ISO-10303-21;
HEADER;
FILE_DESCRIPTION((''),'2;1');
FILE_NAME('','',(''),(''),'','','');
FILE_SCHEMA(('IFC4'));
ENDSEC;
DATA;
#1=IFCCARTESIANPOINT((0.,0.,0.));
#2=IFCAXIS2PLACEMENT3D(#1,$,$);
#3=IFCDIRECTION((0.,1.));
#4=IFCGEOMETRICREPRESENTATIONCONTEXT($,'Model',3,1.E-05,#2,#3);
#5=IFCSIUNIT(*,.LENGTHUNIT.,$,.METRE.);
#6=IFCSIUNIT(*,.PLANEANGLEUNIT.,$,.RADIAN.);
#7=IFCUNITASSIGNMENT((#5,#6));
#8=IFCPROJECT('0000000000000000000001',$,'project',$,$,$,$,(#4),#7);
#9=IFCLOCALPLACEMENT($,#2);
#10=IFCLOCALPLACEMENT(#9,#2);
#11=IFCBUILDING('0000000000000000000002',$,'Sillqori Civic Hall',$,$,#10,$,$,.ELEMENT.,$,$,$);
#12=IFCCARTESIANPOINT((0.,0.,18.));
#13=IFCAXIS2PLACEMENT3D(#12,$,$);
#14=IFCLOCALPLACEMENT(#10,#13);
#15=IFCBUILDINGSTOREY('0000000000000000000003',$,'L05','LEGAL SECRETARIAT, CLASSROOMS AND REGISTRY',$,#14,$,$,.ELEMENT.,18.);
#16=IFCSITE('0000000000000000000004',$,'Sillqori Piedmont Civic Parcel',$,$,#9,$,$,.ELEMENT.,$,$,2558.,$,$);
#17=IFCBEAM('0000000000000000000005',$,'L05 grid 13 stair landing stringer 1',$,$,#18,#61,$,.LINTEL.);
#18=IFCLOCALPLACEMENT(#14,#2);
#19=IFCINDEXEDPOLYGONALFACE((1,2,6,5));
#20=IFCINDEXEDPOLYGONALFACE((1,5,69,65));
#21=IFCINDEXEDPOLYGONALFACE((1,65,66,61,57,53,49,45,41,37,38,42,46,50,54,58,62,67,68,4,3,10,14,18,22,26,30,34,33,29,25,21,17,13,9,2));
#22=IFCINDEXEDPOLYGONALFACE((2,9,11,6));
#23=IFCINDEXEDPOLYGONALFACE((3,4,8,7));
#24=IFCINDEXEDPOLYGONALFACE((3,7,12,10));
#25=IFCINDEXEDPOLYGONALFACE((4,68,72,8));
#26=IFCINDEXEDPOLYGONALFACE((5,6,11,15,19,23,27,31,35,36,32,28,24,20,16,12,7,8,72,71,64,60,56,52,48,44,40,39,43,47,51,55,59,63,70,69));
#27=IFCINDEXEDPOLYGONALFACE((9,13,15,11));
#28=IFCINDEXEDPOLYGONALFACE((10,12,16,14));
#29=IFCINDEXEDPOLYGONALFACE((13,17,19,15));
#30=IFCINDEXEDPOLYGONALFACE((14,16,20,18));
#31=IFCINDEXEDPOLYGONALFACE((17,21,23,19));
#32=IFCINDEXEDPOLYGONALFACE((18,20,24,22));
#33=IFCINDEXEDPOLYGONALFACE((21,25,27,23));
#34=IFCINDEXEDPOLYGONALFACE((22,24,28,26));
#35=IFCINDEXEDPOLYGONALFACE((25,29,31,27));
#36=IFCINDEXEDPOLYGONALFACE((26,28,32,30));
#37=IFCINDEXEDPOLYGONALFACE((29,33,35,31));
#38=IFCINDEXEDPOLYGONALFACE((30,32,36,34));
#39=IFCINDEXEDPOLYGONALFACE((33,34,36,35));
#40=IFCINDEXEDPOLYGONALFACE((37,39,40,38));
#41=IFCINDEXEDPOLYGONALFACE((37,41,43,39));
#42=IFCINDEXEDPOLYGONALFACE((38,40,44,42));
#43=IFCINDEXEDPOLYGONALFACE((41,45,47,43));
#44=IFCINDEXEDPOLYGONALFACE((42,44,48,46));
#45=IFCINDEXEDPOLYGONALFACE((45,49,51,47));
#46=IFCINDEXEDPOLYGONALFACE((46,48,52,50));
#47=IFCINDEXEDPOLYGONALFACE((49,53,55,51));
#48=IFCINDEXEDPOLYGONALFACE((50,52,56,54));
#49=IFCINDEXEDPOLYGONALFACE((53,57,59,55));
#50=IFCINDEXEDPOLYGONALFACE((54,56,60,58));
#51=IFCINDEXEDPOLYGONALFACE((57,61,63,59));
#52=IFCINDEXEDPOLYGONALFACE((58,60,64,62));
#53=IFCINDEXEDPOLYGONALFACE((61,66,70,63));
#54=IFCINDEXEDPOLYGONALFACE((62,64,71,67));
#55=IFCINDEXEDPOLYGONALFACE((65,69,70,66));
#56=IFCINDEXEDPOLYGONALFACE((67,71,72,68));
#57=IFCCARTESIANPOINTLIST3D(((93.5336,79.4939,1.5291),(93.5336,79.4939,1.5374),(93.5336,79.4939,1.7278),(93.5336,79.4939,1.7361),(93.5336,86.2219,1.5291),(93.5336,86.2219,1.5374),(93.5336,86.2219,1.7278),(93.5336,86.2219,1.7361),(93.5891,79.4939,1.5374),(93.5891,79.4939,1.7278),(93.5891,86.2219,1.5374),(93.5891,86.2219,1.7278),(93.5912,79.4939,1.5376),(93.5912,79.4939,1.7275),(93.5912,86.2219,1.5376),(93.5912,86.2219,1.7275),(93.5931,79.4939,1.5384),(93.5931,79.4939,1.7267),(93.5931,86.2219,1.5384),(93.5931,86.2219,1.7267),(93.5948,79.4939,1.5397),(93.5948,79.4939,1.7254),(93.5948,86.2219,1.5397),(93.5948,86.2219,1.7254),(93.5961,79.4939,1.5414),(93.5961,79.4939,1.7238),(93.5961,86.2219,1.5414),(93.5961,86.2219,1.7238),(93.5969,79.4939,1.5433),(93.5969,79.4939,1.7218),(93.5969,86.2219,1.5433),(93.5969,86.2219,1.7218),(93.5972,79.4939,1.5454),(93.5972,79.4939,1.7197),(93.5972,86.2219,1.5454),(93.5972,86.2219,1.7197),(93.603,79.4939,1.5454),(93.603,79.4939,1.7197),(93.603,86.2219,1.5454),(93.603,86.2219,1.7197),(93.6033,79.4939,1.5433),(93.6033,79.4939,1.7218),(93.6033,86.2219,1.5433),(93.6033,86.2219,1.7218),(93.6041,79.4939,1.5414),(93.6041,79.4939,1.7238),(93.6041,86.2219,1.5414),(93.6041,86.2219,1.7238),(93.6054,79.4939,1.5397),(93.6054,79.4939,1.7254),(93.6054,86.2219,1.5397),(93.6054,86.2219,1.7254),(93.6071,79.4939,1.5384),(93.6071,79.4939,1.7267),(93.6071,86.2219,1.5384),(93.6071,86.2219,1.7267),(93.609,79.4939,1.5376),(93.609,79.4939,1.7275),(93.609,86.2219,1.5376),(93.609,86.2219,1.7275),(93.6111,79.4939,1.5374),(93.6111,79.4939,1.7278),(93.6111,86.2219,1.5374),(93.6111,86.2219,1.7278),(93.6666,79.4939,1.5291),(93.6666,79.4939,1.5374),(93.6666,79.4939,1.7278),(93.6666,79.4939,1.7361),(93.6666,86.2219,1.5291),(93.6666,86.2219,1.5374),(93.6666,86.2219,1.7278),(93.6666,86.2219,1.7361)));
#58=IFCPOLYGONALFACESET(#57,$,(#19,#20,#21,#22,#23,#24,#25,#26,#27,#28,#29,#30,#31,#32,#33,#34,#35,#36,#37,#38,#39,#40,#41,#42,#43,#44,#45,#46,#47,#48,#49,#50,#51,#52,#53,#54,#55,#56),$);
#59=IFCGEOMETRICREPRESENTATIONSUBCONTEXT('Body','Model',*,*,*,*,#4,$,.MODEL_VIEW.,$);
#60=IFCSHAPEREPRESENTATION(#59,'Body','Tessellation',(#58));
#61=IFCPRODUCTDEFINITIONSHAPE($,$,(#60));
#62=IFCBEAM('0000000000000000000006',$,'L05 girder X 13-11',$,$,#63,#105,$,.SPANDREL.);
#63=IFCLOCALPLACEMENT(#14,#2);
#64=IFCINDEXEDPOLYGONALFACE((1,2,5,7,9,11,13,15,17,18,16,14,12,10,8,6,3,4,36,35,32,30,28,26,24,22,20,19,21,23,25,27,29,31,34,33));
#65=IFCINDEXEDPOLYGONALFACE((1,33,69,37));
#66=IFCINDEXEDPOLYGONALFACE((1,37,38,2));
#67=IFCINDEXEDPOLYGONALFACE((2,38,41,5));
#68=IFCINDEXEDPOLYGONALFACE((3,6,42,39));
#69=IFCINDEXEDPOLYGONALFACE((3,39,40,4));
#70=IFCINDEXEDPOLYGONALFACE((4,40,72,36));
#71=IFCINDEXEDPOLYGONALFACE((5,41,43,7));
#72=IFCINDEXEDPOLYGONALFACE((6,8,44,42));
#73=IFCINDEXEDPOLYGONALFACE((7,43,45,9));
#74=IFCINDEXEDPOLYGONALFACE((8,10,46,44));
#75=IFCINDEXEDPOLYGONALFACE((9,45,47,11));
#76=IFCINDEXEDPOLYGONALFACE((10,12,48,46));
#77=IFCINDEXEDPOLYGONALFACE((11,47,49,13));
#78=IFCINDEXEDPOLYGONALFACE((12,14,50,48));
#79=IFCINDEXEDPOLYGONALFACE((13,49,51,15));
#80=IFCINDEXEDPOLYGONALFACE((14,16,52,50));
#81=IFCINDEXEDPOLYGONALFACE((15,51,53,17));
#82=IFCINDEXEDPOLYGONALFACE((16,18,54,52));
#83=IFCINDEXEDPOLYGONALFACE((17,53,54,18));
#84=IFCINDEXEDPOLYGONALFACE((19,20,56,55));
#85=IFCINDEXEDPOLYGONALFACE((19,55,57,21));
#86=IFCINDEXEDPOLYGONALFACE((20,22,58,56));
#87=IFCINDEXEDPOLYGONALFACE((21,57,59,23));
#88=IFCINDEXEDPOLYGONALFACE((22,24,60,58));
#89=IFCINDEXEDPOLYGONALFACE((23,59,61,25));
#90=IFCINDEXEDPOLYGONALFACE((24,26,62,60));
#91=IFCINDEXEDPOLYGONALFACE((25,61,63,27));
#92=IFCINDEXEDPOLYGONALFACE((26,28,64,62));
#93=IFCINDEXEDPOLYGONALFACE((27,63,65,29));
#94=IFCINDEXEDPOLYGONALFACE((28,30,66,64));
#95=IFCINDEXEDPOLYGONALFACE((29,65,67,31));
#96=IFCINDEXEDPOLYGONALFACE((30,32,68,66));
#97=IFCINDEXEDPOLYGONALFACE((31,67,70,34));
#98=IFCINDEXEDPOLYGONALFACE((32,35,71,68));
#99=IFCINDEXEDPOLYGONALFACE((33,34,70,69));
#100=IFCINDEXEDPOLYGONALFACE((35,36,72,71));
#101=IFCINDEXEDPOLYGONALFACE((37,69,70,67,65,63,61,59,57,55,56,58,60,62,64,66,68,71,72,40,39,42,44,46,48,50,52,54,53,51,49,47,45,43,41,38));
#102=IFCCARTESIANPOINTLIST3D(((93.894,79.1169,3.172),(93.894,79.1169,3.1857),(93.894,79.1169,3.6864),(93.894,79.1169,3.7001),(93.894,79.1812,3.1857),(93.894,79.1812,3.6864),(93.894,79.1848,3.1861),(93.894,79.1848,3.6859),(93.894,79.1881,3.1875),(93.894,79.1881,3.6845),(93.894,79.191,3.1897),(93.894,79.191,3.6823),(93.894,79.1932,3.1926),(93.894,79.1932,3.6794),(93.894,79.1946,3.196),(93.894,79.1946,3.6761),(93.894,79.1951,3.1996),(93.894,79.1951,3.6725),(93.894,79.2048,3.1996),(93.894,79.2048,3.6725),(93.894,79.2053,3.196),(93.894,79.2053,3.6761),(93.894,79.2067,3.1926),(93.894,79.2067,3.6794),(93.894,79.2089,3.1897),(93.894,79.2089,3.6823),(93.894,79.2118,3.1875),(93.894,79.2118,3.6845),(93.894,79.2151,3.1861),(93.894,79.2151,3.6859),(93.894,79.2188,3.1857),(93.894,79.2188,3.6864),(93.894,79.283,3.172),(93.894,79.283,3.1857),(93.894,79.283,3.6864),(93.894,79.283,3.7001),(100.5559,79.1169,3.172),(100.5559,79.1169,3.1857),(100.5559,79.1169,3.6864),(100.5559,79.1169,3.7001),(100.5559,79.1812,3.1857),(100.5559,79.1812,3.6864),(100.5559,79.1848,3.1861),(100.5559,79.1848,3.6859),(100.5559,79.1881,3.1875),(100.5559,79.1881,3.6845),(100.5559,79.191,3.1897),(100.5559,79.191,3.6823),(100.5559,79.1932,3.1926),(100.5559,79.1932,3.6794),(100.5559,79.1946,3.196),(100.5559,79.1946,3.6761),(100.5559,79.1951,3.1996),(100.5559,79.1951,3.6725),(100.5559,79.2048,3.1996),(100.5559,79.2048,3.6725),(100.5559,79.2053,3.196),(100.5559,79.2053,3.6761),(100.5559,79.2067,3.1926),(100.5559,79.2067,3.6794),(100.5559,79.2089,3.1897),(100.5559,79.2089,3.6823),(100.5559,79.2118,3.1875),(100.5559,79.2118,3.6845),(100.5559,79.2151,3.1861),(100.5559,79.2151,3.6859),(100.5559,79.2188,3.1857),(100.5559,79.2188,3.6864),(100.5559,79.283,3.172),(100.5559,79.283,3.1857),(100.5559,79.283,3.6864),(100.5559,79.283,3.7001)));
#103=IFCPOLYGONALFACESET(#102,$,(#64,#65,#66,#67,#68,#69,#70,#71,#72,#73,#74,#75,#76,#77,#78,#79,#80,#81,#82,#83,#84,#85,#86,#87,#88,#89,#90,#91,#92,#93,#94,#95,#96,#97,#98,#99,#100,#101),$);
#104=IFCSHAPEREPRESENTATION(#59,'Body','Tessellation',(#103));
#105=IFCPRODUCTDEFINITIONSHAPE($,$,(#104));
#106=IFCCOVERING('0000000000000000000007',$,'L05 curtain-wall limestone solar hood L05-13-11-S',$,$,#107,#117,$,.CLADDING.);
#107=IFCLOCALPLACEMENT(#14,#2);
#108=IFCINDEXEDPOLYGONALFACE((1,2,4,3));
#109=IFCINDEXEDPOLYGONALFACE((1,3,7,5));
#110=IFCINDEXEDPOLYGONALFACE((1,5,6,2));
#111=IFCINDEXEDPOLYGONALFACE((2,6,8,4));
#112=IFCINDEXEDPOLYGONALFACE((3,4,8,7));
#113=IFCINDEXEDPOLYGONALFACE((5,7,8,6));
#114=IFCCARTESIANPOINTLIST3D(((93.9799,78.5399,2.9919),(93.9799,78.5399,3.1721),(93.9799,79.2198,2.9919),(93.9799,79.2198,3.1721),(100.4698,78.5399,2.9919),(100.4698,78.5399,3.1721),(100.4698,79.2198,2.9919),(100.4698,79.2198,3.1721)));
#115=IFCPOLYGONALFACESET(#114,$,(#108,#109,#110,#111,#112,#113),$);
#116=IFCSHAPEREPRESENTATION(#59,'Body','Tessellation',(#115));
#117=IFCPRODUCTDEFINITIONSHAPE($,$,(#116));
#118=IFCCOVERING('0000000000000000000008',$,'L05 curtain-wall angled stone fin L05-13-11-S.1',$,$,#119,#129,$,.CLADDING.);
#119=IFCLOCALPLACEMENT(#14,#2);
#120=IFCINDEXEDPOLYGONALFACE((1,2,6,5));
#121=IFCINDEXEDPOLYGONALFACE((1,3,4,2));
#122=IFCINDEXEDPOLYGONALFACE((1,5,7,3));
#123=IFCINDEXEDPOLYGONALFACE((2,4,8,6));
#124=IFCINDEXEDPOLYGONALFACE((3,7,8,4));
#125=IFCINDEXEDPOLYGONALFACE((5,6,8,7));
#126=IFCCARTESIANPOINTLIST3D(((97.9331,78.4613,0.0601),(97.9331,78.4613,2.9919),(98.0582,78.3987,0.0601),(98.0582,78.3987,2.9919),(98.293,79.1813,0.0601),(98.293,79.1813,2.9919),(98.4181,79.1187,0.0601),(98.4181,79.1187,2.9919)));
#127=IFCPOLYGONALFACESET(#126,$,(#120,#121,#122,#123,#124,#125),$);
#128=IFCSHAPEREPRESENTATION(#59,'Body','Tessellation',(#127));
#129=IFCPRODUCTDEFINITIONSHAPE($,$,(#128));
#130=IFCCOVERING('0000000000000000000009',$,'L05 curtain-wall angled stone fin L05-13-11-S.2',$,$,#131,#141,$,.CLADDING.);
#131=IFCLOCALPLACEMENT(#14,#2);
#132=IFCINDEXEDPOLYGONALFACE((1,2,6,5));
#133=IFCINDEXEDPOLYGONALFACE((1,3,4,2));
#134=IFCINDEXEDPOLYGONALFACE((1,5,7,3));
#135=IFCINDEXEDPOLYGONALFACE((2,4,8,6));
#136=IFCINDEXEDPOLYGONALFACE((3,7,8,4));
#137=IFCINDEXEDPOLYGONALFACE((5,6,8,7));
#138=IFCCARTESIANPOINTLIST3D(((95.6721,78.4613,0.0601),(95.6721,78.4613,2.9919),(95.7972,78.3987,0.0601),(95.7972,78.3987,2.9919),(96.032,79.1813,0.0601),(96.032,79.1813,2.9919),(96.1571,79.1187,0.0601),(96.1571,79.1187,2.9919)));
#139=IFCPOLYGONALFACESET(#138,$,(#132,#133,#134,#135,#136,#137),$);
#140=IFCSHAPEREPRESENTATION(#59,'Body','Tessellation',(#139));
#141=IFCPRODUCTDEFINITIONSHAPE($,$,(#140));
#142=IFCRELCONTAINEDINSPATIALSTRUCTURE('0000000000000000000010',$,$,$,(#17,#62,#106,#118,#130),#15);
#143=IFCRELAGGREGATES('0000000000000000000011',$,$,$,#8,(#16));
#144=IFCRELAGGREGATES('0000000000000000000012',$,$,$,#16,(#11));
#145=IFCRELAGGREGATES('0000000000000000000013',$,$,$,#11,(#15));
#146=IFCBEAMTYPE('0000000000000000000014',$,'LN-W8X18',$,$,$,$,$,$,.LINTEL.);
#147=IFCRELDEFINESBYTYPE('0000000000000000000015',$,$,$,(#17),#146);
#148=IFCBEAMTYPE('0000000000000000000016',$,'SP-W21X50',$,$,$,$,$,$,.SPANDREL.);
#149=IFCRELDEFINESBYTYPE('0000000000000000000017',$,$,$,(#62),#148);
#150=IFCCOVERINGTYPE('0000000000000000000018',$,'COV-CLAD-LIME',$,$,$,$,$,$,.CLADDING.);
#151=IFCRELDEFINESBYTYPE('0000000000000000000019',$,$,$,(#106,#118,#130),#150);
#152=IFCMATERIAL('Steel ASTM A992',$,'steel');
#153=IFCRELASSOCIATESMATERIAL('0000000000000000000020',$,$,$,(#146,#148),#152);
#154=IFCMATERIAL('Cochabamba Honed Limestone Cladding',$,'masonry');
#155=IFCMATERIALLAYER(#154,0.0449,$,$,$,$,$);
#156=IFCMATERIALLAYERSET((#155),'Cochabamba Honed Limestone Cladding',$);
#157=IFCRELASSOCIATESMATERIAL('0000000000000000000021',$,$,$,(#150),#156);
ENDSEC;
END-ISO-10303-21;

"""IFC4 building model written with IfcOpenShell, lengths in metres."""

from ifc_helpers import new_model, si_unit, direction, frame, frame_2d, origin, origin_2d, place, context, subcontext, project, spatial, rectangle, i_section, extrude, material, layer, layer_set, material_profile, profile_set, type_object, element, save


model = new_model("IFC4")

# Units and contexts
model_context = context("Model", 3, precision=1e-05, world=origin(), true_north=direction((0.0, 1.0)))
body_context = subcontext(model_context, "Body", "Model", "MODEL_VIEW")
ifc_project = project(units=[si_unit("LENGTHUNIT", "METRE"), si_unit("PLANEANGLEUNIT", "RADIAN")], contexts=[model_context])

# Site, building, storey
site_placement = place(None, origin())
site = spatial("IfcSite", under=ifc_project, at=site_placement, Name="Sillqori Piedmont Civic Parcel", CompositionType="ELEMENT", RefElevation=2558.0)
building_placement = place(site_placement, origin())
building = spatial("IfcBuilding", under=site, at=building_placement, Name="Sillqori Civic Hall", CompositionType="ELEMENT")
storey_placement = place(building_placement, frame((0.0, 0.0, 18.0)))
storey = spatial("IfcBuildingStorey", under=building, at=storey_placement, Name="L05", Description="LEGAL SECRETARIAT, CLASSROOMS AND REGISTRY", CompositionType="ELEMENT", Elevation=18.0)

# Shared definitions
ifc_material_1 = material(Name="Steel ASTM A992", Category="steel")

# Beams
ifc_material_profile_1 = material_profile(ifc_material_1, i_section(OverallWidth=0.1331, OverallDepth=0.207, WebThickness=0.0059, FlangeThickness=0.0083, FilletRadius=0.0081, at=origin_2d()), Name="W8X18")
ifc_profile_set_1 = profile_set([ifc_material_profile_1], Name="Steel ASTM A992")
beam_type_1 = type_object("IfcBeamType", Name="LN-W8X18", PredefinedType="LINTEL", material=ifc_profile_set_1)
beam_1_placement = place(storey_placement, frame((93.6001, 79.4939, 1.6326), z_axis=(0.0, 1.0, 0.0), x_axis=(-1.0, 0.0, 0.0)))
element("IfcBeam", 1, at=beam_1_placement, inside=storey, type_object=beam_type_1, Name="L05 grid 13 stair landing stringer 1", PredefinedType="LINTEL", context=body_context, shape_type="SweptSolid", body=[
    extrude(i_section(OverallWidth=0.1331, OverallDepth=0.207, WebThickness=0.0059, FlangeThickness=0.0083, FilletRadius=0.0081, at=origin_2d()), origin(), (0.0, 0.0, 1.0), 6.728),
])
ifc_material_profile_2 = material_profile(ifc_material_1, i_section(OverallWidth=0.166, OverallDepth=0.5281, WebThickness=0.0098, FlangeThickness=0.0137, FilletRadius=0.0139, at=origin_2d()), Name="W21X50")
ifc_profile_set_2 = profile_set([ifc_material_profile_2], Name="Steel ASTM A992")
beam_type_2 = type_object("IfcBeamType", Name="SP-W21X50", PredefinedType="SPANDREL", material=ifc_profile_set_2)
beam_2_placement = place(storey_placement, frame((93.894, 79.2, 3.436), z_axis=(1.0, 0.0, 0.0), x_axis=(0.0, 1.0, 0.0)))
element("IfcBeam", 2, at=beam_2_placement, inside=storey, type_object=beam_type_2, Name="L05 girder X 13-11", PredefinedType="SPANDREL", context=body_context, shape_type="SweptSolid", body=[
    extrude(i_section(OverallWidth=0.166, OverallDepth=0.5281, WebThickness=0.0098, FlangeThickness=0.0137, FilletRadius=0.0139, at=origin_2d()), origin(), (0.0, 0.0, 1.0), 6.6619),
])

# Coverings
ifc_material_2 = material(Name="Cochabamba Honed Limestone Cladding", Category="masonry")
ifc_layer_1 = layer(ifc_material_2, 0.0449)
ifc_layer_set_1 = layer_set([ifc_layer_1], Name="Cochabamba Honed Limestone Cladding")
covering_type = type_object("IfcCoveringType", Name="COV-CLAD-LIME", PredefinedType="CLADDING", material=ifc_layer_set_1)
covering_placement = place(storey_placement, frame((100.47, 78.8799, 2.9919), z_axis=(0.0, 0.0, 1.0), x_axis=(-1.0, 0.0, 0.0)))
element("IfcCovering", 3, at=covering_placement, inside=storey, type_object=covering_type, Name="L05 curtain-wall limestone solar hood L05-13-11-S", PredefinedType="CLADDING", context=body_context, shape_type="SweptSolid", body=[
    extrude(rectangle(XDim=6.49, YDim=0.6799, at=frame_2d((3.2451, 0.0))), origin(), (0.0, 0.0, 1.0), 0.1802),
])
for number, where, z_axis, x_axis, name in (
    (4, (98.3555, 79.1499, 0.0601), (0.0, 0.0, 1.0), (-0.447092, -0.894488, 0.0), "L05 curtain-wall angled stone fin L05-13-11-S.1"),
    (5, (96.0945, 79.1499, 0.0601), (0.0, 0.0, 1.0), (-0.447092, -0.894488, 0.0), "L05 curtain-wall angled stone fin L05-13-11-S.2"),
):
    element("IfcCovering", number, at=place(storey_placement, frame(where, z_axis=z_axis, x_axis=x_axis)), inside=storey, type_object=covering_type, Name=name, PredefinedType="CLADDING", context=body_context, shape_type="SweptSolid", body=[
        extrude(rectangle(XDim=0.8049, YDim=0.1399, at=frame_2d((0.4023, 0.0))), origin(), (0.0, 0.0, 1.0), 2.9319),
    ])

save(model, "model.ifc")
